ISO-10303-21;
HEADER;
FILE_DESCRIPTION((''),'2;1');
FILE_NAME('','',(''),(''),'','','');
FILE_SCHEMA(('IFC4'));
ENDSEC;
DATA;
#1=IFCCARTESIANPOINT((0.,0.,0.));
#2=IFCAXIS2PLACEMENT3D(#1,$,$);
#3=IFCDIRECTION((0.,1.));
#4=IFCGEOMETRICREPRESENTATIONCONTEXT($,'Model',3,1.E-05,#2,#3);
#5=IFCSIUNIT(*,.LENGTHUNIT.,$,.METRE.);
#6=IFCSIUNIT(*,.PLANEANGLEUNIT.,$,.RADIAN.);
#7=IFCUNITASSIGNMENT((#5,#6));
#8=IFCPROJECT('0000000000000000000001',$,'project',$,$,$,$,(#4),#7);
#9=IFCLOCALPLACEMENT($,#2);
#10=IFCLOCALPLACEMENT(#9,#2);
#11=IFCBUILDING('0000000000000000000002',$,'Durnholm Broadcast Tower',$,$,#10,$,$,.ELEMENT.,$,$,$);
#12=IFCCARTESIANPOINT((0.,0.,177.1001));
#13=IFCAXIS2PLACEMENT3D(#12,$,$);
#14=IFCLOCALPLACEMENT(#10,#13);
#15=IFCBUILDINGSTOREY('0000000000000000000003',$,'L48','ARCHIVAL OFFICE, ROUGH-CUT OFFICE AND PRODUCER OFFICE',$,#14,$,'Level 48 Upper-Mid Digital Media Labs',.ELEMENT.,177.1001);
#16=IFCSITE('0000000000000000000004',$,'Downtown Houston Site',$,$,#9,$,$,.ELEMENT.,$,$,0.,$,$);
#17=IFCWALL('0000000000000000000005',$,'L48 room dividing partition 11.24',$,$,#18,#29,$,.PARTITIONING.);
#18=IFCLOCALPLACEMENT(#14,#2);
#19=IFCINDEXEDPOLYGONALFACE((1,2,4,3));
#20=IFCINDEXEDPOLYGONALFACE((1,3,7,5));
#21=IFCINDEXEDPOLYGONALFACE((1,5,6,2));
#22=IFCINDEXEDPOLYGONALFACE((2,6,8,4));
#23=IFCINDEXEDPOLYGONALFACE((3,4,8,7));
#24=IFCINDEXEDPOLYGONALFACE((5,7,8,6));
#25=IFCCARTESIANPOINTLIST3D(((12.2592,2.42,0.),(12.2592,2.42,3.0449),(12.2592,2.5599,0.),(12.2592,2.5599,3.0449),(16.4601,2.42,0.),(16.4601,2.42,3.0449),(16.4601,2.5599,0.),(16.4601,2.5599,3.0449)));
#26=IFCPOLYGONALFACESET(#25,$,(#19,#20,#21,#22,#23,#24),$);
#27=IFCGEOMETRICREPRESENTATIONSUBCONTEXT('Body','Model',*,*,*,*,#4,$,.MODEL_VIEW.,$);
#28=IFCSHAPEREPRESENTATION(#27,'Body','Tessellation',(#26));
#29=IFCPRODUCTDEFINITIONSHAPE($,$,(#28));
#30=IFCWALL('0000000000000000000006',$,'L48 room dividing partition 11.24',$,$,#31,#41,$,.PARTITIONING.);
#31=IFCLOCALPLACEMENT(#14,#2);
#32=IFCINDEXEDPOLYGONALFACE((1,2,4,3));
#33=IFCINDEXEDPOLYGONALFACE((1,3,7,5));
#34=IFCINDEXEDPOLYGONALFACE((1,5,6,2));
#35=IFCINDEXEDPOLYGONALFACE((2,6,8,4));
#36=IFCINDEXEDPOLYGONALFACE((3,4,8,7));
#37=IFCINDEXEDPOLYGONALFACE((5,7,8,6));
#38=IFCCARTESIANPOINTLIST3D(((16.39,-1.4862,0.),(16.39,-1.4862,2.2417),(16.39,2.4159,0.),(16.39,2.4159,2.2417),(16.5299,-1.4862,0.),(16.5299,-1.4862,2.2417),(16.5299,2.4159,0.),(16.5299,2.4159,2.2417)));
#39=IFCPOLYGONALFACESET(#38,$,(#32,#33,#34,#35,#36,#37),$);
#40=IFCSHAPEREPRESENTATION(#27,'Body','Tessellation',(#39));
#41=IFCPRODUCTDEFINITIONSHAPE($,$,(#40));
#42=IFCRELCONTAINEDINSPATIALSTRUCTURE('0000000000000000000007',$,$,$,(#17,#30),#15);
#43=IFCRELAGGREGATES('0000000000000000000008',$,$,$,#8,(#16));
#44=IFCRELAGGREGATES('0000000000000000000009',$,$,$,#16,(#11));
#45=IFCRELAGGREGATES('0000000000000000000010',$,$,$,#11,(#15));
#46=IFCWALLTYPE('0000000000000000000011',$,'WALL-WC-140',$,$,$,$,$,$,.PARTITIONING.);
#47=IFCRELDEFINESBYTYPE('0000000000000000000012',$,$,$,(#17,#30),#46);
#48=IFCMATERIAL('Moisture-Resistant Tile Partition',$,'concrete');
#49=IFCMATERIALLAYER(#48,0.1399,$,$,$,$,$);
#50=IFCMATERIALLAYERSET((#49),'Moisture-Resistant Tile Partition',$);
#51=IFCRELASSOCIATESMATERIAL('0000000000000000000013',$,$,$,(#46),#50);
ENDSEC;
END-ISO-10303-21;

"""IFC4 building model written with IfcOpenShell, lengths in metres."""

from ifc_helpers import new_model, si_unit, direction, frame, frame_2d, origin, place, context, subcontext, project, spatial, rectangle, extrude, material, layer, layer_set, type_object, element, save


model = new_model("IFC4")

# Units and contexts
model_context = context("Model", 3, precision=1e-05, world=origin(), true_north=direction((0.0, 1.0)))
body_context = subcontext(model_context, "Body", "Model", "MODEL_VIEW")
ifc_project = project(units=[si_unit("LENGTHUNIT", "METRE"), si_unit("PLANEANGLEUNIT", "RADIAN")], contexts=[model_context])

# Site, building, storey
site_placement = place(None, origin())
site = spatial("IfcSite", under=ifc_project, at=site_placement, Name="Downtown Houston Site", CompositionType="ELEMENT", RefElevation=0.0)
building_placement = place(site_placement, origin())
building = spatial("IfcBuilding", under=site, at=building_placement, Name="Durnholm Broadcast Tower", CompositionType="ELEMENT")
storey_placement = place(building_placement, frame((0.0, 0.0, 177.1001)))
storey = spatial("IfcBuildingStorey", under=building, at=storey_placement, Name="L48", Description="ARCHIVAL OFFICE, ROUGH-CUT OFFICE AND PRODUCER OFFICE", LongName="Level 48 Upper-Mid Digital Media Labs", CompositionType="ELEMENT", Elevation=177.1001)

# Walls
ifc_material_1 = material(Name="Moisture-Resistant Tile Partition", Category="concrete")
ifc_layer_1 = layer(ifc_material_1, 0.1399)
ifc_layer_set_1 = layer_set([ifc_layer_1], Name="Moisture-Resistant Tile Partition")
wall_type_1 = type_object("IfcWallType", Name="WALL-WC-140", PredefinedType="PARTITIONING", material=ifc_layer_set_1)
wall_1_placement = place(storey_placement, frame((12.259, 2.49, 0.0), z_axis=(0.0, 0.0, 1.0), x_axis=(1.0, 0.0, 0.0)))
element("IfcWall", 1, at=wall_1_placement, inside=storey, type_object=wall_type_1, Name="L48 room dividing partition 11.24", PredefinedType="PARTITIONING", context=body_context, shape_type="SweptSolid", body=[
    extrude(rectangle(XDim=4.2009, YDim=0.1399, at=frame_2d((2.1006, 0.0))), origin(), (0.0, 0.0, 1.0), 3.0449),
])
wall_2_placement = place(storey_placement, frame((16.46, 2.416, 0.0), z_axis=(0.0, 0.0, 1.0), x_axis=(0.0, -1.0, 0.0)))
element("IfcWall", 2, at=wall_2_placement, inside=storey, type_object=wall_type_1, Name="L48 room dividing partition 11.24", PredefinedType="PARTITIONING", context=body_context, shape_type="SweptSolid", body=[
    extrude(rectangle(XDim=3.9021, YDim=0.1399, at=frame_2d((1.9512, 0.0))), origin(), (0.0, 0.0, 1.0), 2.2417),
])

save(model, "model.ifc")
